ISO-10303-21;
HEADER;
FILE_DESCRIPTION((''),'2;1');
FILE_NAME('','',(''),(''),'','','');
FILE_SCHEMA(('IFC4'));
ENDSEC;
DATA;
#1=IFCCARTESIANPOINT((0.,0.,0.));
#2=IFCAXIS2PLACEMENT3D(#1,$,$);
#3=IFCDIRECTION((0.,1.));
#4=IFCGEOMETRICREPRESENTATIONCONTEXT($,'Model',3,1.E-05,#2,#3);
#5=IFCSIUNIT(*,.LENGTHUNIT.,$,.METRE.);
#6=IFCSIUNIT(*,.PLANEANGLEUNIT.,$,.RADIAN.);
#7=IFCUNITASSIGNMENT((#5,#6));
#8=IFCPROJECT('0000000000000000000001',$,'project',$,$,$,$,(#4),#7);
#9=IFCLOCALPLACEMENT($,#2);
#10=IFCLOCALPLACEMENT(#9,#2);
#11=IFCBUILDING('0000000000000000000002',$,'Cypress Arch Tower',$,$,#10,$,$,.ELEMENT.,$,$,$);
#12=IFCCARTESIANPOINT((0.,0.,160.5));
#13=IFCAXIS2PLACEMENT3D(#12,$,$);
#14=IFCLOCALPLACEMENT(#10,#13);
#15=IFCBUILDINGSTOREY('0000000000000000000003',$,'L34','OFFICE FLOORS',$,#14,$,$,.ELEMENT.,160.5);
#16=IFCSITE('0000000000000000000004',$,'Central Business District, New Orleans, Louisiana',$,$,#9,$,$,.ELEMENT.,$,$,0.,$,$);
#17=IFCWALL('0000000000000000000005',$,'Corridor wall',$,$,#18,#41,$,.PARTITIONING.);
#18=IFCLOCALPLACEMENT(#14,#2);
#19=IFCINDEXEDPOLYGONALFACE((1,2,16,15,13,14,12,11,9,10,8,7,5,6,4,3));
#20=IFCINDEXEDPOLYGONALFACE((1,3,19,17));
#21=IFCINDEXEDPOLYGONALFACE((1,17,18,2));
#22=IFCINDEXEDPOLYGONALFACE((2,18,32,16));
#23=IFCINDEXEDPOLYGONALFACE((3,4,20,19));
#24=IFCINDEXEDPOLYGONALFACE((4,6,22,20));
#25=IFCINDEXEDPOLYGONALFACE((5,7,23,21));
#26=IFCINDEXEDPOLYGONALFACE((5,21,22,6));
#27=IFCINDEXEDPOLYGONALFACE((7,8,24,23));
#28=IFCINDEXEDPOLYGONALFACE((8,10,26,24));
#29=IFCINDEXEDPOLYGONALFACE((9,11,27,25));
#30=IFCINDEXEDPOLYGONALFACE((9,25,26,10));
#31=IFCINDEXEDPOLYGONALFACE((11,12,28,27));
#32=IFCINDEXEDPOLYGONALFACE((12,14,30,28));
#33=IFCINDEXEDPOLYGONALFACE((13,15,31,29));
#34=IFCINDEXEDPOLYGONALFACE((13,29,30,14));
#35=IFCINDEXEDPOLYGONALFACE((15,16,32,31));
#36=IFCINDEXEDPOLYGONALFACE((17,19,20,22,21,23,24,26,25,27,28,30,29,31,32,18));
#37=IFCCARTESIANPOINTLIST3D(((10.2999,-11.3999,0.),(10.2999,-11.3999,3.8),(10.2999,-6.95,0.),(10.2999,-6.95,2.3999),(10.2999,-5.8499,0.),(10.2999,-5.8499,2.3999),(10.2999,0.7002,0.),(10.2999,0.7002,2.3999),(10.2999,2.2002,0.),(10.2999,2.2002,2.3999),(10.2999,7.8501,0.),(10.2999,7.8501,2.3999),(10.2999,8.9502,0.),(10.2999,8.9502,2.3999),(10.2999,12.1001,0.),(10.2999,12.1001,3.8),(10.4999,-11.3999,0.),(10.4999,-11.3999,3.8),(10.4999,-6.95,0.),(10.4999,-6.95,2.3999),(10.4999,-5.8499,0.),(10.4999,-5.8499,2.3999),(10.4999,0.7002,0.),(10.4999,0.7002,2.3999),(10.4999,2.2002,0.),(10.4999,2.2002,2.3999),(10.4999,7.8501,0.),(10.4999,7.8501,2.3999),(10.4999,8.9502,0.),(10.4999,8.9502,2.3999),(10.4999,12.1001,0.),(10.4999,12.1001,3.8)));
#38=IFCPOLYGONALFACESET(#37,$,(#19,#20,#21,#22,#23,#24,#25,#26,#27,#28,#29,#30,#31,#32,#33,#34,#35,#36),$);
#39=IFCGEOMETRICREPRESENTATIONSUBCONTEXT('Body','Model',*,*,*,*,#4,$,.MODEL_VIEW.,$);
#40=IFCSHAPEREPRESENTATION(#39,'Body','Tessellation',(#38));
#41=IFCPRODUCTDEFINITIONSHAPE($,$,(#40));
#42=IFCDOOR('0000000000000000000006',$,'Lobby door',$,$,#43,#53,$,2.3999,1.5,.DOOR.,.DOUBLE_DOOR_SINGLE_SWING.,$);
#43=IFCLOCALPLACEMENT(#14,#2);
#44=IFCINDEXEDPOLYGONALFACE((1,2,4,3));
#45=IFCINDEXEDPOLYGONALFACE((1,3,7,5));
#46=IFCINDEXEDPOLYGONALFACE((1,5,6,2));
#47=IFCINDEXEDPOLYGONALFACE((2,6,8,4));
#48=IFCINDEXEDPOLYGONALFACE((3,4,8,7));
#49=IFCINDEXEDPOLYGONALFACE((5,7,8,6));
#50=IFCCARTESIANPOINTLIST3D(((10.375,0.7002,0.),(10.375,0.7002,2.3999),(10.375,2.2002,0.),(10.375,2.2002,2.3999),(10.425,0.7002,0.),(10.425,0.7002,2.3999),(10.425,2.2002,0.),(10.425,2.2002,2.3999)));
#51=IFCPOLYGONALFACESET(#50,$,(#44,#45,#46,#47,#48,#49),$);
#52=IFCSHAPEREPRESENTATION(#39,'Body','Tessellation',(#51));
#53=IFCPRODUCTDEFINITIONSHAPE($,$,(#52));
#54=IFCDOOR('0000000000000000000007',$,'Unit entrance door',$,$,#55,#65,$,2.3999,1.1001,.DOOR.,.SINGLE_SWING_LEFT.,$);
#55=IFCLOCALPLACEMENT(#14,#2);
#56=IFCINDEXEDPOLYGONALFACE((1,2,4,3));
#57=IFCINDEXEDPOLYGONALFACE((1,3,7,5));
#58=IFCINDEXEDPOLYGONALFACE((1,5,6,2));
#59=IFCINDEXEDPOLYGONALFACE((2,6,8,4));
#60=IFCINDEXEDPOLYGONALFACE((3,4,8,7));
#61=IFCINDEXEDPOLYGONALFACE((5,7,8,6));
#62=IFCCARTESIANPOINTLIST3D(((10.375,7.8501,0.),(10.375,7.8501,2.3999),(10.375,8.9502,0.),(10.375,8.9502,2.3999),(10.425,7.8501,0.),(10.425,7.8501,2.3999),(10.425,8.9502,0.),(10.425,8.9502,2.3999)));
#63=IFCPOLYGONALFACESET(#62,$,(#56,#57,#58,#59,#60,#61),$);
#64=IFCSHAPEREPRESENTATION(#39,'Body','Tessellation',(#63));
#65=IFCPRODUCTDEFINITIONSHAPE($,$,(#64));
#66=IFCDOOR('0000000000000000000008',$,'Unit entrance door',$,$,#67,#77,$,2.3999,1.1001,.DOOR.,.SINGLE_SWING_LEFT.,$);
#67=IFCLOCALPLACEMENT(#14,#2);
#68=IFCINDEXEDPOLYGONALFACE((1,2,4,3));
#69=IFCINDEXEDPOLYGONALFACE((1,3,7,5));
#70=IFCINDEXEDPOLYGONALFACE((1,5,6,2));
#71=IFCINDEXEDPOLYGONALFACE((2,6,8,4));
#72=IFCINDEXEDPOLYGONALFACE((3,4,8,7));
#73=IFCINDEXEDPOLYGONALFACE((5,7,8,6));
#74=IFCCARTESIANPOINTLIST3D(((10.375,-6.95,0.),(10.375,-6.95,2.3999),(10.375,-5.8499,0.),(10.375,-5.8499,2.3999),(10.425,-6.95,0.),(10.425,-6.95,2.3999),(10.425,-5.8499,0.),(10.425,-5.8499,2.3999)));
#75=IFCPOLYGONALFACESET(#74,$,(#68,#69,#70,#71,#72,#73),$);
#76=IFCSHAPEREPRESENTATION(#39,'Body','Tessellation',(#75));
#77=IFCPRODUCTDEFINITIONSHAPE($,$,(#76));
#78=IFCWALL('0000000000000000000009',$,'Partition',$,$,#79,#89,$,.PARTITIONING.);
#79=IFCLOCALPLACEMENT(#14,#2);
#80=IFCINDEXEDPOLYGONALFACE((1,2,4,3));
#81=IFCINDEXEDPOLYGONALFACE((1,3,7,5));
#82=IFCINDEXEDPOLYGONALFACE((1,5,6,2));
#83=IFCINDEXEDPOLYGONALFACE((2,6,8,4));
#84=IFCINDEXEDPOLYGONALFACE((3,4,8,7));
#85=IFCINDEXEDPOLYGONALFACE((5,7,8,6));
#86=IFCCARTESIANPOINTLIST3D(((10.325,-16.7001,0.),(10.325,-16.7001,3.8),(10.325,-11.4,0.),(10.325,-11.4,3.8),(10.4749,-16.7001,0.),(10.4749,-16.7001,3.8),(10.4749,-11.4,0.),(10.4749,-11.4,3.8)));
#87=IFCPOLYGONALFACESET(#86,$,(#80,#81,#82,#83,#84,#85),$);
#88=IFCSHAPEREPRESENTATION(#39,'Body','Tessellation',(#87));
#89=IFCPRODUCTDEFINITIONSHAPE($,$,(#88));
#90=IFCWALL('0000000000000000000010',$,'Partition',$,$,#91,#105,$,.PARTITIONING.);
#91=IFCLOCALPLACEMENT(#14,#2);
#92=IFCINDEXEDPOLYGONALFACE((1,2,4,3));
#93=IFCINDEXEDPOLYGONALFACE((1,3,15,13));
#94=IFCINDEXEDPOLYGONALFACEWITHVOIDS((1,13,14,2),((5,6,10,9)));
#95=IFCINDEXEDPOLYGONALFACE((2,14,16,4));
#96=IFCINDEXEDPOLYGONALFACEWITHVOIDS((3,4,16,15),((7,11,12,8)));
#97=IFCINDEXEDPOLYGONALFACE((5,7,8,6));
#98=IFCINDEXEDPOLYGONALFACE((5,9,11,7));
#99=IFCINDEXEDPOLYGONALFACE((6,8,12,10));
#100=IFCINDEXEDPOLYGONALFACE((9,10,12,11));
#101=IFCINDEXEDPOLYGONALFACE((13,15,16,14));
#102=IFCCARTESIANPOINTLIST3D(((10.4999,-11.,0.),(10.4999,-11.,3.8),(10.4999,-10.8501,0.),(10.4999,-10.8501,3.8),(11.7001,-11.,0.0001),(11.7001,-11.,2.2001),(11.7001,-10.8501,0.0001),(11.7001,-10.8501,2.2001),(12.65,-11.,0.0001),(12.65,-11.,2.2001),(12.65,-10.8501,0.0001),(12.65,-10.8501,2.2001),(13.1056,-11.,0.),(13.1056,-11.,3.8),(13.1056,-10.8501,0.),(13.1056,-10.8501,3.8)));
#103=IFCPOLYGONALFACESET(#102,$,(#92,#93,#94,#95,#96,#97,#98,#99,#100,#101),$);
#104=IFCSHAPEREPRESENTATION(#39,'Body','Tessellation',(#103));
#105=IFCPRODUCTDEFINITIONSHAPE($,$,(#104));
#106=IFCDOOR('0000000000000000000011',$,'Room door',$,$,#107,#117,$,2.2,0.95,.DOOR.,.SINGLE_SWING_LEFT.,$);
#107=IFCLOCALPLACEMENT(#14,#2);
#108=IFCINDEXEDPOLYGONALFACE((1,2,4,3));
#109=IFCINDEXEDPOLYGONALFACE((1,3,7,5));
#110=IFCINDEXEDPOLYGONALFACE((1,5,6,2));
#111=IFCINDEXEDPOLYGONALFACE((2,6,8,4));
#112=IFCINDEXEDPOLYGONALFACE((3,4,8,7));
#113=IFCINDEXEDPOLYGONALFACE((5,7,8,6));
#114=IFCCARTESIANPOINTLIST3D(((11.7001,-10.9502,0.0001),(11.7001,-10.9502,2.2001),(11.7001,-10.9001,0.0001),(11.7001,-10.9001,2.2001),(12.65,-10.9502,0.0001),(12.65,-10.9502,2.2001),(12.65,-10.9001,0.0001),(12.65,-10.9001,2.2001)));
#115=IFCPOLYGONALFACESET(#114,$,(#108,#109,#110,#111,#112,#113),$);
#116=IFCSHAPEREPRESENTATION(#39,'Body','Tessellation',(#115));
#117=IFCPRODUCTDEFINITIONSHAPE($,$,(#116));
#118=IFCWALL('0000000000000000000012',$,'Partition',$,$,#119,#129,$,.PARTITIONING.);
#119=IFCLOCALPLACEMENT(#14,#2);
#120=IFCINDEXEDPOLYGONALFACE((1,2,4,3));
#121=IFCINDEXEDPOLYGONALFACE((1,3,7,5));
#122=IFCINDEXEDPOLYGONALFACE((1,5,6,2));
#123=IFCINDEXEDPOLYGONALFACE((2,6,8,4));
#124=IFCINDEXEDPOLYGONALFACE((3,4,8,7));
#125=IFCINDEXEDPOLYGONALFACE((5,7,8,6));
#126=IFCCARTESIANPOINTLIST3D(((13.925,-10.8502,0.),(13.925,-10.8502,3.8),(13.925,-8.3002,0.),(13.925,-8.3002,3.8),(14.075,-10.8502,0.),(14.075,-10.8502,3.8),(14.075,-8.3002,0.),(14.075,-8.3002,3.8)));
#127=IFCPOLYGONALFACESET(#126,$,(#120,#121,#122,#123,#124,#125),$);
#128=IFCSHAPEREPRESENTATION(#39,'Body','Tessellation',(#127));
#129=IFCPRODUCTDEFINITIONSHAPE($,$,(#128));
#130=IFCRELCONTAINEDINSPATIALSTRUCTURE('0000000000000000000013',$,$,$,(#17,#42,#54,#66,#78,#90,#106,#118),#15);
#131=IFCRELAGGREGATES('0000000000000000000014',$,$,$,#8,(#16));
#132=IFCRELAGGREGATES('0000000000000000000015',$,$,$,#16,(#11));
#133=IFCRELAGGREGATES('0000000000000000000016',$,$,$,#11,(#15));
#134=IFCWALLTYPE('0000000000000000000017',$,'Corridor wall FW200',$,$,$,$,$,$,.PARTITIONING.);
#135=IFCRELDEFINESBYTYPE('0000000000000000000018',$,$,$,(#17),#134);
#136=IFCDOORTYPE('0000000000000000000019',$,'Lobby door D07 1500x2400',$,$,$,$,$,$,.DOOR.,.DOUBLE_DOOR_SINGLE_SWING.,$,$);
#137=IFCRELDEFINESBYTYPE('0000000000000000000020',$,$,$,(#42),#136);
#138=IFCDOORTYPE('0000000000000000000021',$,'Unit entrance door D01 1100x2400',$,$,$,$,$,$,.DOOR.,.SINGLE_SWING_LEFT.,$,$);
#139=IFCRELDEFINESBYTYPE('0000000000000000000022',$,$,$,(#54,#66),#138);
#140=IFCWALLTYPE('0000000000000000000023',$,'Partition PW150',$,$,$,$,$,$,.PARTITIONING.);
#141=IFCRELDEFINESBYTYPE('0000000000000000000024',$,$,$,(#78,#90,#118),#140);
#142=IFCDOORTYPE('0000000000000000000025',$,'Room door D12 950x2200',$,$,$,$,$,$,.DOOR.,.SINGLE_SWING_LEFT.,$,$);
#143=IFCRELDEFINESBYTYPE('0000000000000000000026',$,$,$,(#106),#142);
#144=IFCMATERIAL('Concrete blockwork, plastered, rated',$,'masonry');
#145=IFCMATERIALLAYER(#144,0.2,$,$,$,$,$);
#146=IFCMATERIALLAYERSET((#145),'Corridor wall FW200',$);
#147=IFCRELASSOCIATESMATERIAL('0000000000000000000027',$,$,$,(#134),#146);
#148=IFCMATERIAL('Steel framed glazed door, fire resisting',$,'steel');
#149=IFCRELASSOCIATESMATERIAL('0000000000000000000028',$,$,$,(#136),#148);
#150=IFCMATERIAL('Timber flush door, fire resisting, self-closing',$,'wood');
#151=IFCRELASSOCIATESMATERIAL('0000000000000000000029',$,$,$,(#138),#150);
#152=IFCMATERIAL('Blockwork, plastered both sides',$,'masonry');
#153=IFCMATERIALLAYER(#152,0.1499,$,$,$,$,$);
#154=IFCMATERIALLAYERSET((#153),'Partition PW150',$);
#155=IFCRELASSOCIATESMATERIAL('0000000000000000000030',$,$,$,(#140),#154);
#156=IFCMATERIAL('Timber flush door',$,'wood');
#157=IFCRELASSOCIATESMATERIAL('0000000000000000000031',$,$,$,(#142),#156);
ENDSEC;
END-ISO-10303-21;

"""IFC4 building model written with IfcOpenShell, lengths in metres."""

from ifc_helpers import new_model, si_unit, direction, frame, frame_2d, origin, place, context, subcontext, project, spatial, rectangle, extrude, material, layer, layer_set, type_object, element, fill, save


model = new_model("IFC4")

# Units and contexts
model_context = context("Model", 3, precision=1e-05, world=origin(), true_north=direction((0.0, 1.0)))
body_context = subcontext(model_context, "Body", "Model", "MODEL_VIEW")
ifc_project = project(units=[si_unit("LENGTHUNIT", "METRE"), si_unit("PLANEANGLEUNIT", "RADIAN")], contexts=[model_context])

# Site, building, storey
site_placement = place(None, origin())
site = spatial("IfcSite", under=ifc_project, at=site_placement, Name="Central Business District, New Orleans, Louisiana", CompositionType="ELEMENT", RefElevation=0.0)
building_placement = place(site_placement, origin())
building = spatial("IfcBuilding", under=site, at=building_placement, Name="Cypress Arch Tower", CompositionType="ELEMENT")
storey_placement = place(building_placement, frame((0.0, 0.0, 160.5)))
storey = spatial("IfcBuildingStorey", under=building, at=storey_placement, Name="L34", Description="OFFICE FLOORS", CompositionType="ELEMENT", Elevation=160.5)

# Wall, openings, doors
ifc_material_1 = material(Name="Concrete blockwork, plastered, rated", Category="masonry")
ifc_layer_1 = layer(ifc_material_1, 0.2)
ifc_layer_set_1 = layer_set([ifc_layer_1], Name="Corridor wall FW200")
wall_type_1 = type_object("IfcWallType", Name="Corridor wall FW200", PredefinedType="PARTITIONING", material=ifc_layer_set_1)
wall_1_placement = place(storey_placement, frame((10.3999, -11.3999, 0.0), z_axis=(0.0, 0.0, 1.0), x_axis=(0.0, 1.0, 0.0)))
wall_1 = element("IfcWall", 1, at=wall_1_placement, inside=storey, type_object=wall_type_1, Name="Corridor wall", PredefinedType="PARTITIONING", context=body_context, shape_type="SweptSolid", body=[
    extrude(rectangle(XDim=23.5, YDim=0.2, at=frame_2d((11.75, 0.0))), origin(), (0.0, 0.0, 1.0), 3.8),
])
opening_1_placement = place(wall_1_placement, frame((12.1001, 0.0, 0.0)))
opening_1 = element("IfcOpeningElement", 2, at=opening_1_placement, cuts=wall_1, PredefinedType="OPENING", context=body_context, shape_type="SweptSolid", body=[
    extrude(rectangle(XDim=1.5, YDim=2.3999, at=frame_2d((0.75, 1.2))), frame((0.0, 0.1099, 0.0), z_axis=(0.0, -1.0, 0.0), x_axis=(1.0, 0.0, 0.0)), (0.0, 0.0, 1.0), 0.22),
])
opening_2_placement = place(wall_1_placement, frame((19.25, 0.0, 0.0)))
opening_2 = element("IfcOpeningElement", 3, at=opening_2_placement, cuts=wall_1, PredefinedType="OPENING", context=body_context, shape_type="SweptSolid", body=[
    extrude(rectangle(XDim=1.1001, YDim=2.3999, at=frame_2d((0.55, 1.2))), frame((0.0, 0.1099, 0.0), z_axis=(0.0, -1.0, 0.0), x_axis=(1.0, 0.0, 0.0)), (0.0, 0.0, 1.0), 0.22),
])
opening_3_placement = place(wall_1_placement, frame((4.45, 0.0, 0.0)))
opening_3 = element("IfcOpeningElement", 4, at=opening_3_placement, cuts=wall_1, PredefinedType="OPENING", context=body_context, shape_type="SweptSolid", body=[
    extrude(rectangle(XDim=1.1001, YDim=2.3999, at=frame_2d((0.55, 1.2))), frame((0.0, 0.1099, 0.0), z_axis=(0.0, -1.0, 0.0), x_axis=(1.0, 0.0, 0.0)), (0.0, 0.0, 1.0), 0.22),
])
ifc_material_2 = material(Name="Steel framed glazed door, fire resisting", Category="steel")
door_type_1 = type_object("IfcDoorType", Name="Lobby door D07 1500x2400", OperationType="DOUBLE_DOOR_SINGLE_SWING", PredefinedType="DOOR", material=ifc_material_2)
door_1_placement = place(opening_1_placement, origin())
door_1 = element("IfcDoor", 5, at=door_1_placement, inside=storey, type_object=door_type_1, Name="Lobby door", OperationType="DOUBLE_DOOR_SINGLE_SWING", OverallHeight=2.3999, OverallWidth=1.5, PredefinedType="DOOR", context=body_context, shape_type="SweptSolid", body=[
    extrude(rectangle(XDim=1.5, YDim=2.3999, at=frame_2d((0.75, 1.2))), frame((0.0, 0.0249, 0.0), z_axis=(0.0, -1.0, 0.0), x_axis=(1.0, 0.0, 0.0)), (0.0, 0.0, 1.0), 0.05),
])
fill(opening_1, door_1)
ifc_material_3 = material(Name="Timber flush door, fire resisting, self-closing", Category="wood")
door_type_2 = type_object("IfcDoorType", Name="Unit entrance door D01 1100x2400", OperationType="SINGLE_SWING_LEFT", PredefinedType="DOOR", material=ifc_material_3)
door_2_placement = place(opening_2_placement, origin())
door_2 = element("IfcDoor", 6, at=door_2_placement, inside=storey, type_object=door_type_2, Name="Unit entrance door", OperationType="SINGLE_SWING_LEFT", OverallHeight=2.3999, OverallWidth=1.1001, PredefinedType="DOOR", context=body_context, shape_type="SweptSolid", body=[
    extrude(rectangle(XDim=1.1001, YDim=2.3999, at=frame_2d((0.55, 1.2))), frame((0.0, 0.0249, 0.0), z_axis=(0.0, -1.0, 0.0), x_axis=(1.0, 0.0, 0.0)), (0.0, 0.0, 1.0), 0.05),
])
fill(opening_2, door_2)
door_3_placement = place(opening_3_placement, origin())
door_3 = element("IfcDoor", 7, at=door_3_placement, inside=storey, type_object=door_type_2, Name="Unit entrance door", OperationType="SINGLE_SWING_LEFT", OverallHeight=2.3999, OverallWidth=1.1001, PredefinedType="DOOR", context=body_context, shape_type="SweptSolid", body=[
    extrude(rectangle(XDim=1.1001, YDim=2.3999, at=frame_2d((0.55, 1.2))), frame((0.0, 0.0249, 0.0), z_axis=(0.0, -1.0, 0.0), x_axis=(1.0, 0.0, 0.0)), (0.0, 0.0, 1.0), 0.05),
])
fill(opening_3, door_3)

# Wall
ifc_material_4 = material(Name="Blockwork, plastered both sides", Category="masonry")
ifc_layer_2 = layer(ifc_material_4, 0.1499)
ifc_layer_set_2 = layer_set([ifc_layer_2], Name="Partition PW150")
wall_type_2 = type_object("IfcWallType", Name="Partition PW150", PredefinedType="PARTITIONING", material=ifc_layer_set_2)
wall_2_placement = place(storey_placement, frame((10.3999, -16.7, 0.0), z_axis=(0.0, 0.0, 1.0), x_axis=(0.0, 1.0, 0.0)))
element("IfcWall", 8, at=wall_2_placement, inside=storey, type_object=wall_type_2, Name="Partition", PredefinedType="PARTITIONING", context=body_context, shape_type="SweptSolid", body=[
    extrude(rectangle(XDim=5.3, YDim=0.1499, at=frame_2d((2.6499, 0.0))), origin(), (0.0, 0.0, 1.0), 3.8),
])

# Wall, opening, door
wall_3_placement = place(storey_placement, frame((10.5, -10.925, 0.0), z_axis=(0.0, 0.0, 1.0), x_axis=(1.0, 0.0, 0.0)))
wall_3 = element("IfcWall", 9, at=wall_3_placement, inside=storey, type_object=wall_type_2, Name="Partition", PredefinedType="PARTITIONING", context=body_context, shape_type="SweptSolid", body=[
    extrude(rectangle(XDim=2.6057, YDim=0.1499, at=frame_2d((1.3027, 0.0))), origin(), (0.0, 0.0, 1.0), 3.8),
])
opening_4_placement = place(wall_3_placement, frame((1.2, 0.0, 0.0)))
opening_4 = element("IfcOpeningElement", 10, at=opening_4_placement, cuts=wall_3, PredefinedType="OPENING", context=body_context, shape_type="SweptSolid", body=[
    extrude(rectangle(XDim=0.95, YDim=2.2, at=frame_2d((0.4751, 1.1001))), frame((0.0, 0.085, 0.0), z_axis=(0.0, -1.0, 0.0), x_axis=(1.0, 0.0, 0.0)), (0.0, 0.0, 1.0), 0.1699),
])
ifc_material_5 = material(Name="Timber flush door", Category="wood")
door_type_3 = type_object("IfcDoorType", Name="Room door D12 950x2200", OperationType="SINGLE_SWING_LEFT", PredefinedType="DOOR", material=ifc_material_5)
door_4_placement = place(opening_4_placement, origin())
door_4 = element("IfcDoor", 11, at=door_4_placement, inside=storey, type_object=door_type_3, Name="Room door", OperationType="SINGLE_SWING_LEFT", OverallHeight=2.2, OverallWidth=0.95, PredefinedType="DOOR", context=body_context, shape_type="SweptSolid", body=[
    extrude(rectangle(XDim=0.95, YDim=2.2, at=frame_2d((0.4751, 1.1001))), frame((0.0, 0.0249, 0.0), z_axis=(0.0, -1.0, 0.0), x_axis=(1.0, 0.0, 0.0)), (0.0, 0.0, 1.0), 0.05),
])
fill(opening_4, door_4)

# Wall
wall_4_placement = place(storey_placement, frame((14.0, -10.8501, 0.0), z_axis=(0.0, 0.0, 1.0), x_axis=(0.0, 1.0, 0.0)))
element("IfcWall", 12, at=wall_4_placement, inside=storey, type_object=wall_type_2, Name="Partition", PredefinedType="PARTITIONING", context=body_context, shape_type="SweptSolid", body=[
    extrude(rectangle(XDim=2.55, YDim=0.1499, at=frame_2d((1.2749, 0.0))), origin(), (0.0, 0.0, 1.0), 3.8),
])

save(model, "model.ifc")
